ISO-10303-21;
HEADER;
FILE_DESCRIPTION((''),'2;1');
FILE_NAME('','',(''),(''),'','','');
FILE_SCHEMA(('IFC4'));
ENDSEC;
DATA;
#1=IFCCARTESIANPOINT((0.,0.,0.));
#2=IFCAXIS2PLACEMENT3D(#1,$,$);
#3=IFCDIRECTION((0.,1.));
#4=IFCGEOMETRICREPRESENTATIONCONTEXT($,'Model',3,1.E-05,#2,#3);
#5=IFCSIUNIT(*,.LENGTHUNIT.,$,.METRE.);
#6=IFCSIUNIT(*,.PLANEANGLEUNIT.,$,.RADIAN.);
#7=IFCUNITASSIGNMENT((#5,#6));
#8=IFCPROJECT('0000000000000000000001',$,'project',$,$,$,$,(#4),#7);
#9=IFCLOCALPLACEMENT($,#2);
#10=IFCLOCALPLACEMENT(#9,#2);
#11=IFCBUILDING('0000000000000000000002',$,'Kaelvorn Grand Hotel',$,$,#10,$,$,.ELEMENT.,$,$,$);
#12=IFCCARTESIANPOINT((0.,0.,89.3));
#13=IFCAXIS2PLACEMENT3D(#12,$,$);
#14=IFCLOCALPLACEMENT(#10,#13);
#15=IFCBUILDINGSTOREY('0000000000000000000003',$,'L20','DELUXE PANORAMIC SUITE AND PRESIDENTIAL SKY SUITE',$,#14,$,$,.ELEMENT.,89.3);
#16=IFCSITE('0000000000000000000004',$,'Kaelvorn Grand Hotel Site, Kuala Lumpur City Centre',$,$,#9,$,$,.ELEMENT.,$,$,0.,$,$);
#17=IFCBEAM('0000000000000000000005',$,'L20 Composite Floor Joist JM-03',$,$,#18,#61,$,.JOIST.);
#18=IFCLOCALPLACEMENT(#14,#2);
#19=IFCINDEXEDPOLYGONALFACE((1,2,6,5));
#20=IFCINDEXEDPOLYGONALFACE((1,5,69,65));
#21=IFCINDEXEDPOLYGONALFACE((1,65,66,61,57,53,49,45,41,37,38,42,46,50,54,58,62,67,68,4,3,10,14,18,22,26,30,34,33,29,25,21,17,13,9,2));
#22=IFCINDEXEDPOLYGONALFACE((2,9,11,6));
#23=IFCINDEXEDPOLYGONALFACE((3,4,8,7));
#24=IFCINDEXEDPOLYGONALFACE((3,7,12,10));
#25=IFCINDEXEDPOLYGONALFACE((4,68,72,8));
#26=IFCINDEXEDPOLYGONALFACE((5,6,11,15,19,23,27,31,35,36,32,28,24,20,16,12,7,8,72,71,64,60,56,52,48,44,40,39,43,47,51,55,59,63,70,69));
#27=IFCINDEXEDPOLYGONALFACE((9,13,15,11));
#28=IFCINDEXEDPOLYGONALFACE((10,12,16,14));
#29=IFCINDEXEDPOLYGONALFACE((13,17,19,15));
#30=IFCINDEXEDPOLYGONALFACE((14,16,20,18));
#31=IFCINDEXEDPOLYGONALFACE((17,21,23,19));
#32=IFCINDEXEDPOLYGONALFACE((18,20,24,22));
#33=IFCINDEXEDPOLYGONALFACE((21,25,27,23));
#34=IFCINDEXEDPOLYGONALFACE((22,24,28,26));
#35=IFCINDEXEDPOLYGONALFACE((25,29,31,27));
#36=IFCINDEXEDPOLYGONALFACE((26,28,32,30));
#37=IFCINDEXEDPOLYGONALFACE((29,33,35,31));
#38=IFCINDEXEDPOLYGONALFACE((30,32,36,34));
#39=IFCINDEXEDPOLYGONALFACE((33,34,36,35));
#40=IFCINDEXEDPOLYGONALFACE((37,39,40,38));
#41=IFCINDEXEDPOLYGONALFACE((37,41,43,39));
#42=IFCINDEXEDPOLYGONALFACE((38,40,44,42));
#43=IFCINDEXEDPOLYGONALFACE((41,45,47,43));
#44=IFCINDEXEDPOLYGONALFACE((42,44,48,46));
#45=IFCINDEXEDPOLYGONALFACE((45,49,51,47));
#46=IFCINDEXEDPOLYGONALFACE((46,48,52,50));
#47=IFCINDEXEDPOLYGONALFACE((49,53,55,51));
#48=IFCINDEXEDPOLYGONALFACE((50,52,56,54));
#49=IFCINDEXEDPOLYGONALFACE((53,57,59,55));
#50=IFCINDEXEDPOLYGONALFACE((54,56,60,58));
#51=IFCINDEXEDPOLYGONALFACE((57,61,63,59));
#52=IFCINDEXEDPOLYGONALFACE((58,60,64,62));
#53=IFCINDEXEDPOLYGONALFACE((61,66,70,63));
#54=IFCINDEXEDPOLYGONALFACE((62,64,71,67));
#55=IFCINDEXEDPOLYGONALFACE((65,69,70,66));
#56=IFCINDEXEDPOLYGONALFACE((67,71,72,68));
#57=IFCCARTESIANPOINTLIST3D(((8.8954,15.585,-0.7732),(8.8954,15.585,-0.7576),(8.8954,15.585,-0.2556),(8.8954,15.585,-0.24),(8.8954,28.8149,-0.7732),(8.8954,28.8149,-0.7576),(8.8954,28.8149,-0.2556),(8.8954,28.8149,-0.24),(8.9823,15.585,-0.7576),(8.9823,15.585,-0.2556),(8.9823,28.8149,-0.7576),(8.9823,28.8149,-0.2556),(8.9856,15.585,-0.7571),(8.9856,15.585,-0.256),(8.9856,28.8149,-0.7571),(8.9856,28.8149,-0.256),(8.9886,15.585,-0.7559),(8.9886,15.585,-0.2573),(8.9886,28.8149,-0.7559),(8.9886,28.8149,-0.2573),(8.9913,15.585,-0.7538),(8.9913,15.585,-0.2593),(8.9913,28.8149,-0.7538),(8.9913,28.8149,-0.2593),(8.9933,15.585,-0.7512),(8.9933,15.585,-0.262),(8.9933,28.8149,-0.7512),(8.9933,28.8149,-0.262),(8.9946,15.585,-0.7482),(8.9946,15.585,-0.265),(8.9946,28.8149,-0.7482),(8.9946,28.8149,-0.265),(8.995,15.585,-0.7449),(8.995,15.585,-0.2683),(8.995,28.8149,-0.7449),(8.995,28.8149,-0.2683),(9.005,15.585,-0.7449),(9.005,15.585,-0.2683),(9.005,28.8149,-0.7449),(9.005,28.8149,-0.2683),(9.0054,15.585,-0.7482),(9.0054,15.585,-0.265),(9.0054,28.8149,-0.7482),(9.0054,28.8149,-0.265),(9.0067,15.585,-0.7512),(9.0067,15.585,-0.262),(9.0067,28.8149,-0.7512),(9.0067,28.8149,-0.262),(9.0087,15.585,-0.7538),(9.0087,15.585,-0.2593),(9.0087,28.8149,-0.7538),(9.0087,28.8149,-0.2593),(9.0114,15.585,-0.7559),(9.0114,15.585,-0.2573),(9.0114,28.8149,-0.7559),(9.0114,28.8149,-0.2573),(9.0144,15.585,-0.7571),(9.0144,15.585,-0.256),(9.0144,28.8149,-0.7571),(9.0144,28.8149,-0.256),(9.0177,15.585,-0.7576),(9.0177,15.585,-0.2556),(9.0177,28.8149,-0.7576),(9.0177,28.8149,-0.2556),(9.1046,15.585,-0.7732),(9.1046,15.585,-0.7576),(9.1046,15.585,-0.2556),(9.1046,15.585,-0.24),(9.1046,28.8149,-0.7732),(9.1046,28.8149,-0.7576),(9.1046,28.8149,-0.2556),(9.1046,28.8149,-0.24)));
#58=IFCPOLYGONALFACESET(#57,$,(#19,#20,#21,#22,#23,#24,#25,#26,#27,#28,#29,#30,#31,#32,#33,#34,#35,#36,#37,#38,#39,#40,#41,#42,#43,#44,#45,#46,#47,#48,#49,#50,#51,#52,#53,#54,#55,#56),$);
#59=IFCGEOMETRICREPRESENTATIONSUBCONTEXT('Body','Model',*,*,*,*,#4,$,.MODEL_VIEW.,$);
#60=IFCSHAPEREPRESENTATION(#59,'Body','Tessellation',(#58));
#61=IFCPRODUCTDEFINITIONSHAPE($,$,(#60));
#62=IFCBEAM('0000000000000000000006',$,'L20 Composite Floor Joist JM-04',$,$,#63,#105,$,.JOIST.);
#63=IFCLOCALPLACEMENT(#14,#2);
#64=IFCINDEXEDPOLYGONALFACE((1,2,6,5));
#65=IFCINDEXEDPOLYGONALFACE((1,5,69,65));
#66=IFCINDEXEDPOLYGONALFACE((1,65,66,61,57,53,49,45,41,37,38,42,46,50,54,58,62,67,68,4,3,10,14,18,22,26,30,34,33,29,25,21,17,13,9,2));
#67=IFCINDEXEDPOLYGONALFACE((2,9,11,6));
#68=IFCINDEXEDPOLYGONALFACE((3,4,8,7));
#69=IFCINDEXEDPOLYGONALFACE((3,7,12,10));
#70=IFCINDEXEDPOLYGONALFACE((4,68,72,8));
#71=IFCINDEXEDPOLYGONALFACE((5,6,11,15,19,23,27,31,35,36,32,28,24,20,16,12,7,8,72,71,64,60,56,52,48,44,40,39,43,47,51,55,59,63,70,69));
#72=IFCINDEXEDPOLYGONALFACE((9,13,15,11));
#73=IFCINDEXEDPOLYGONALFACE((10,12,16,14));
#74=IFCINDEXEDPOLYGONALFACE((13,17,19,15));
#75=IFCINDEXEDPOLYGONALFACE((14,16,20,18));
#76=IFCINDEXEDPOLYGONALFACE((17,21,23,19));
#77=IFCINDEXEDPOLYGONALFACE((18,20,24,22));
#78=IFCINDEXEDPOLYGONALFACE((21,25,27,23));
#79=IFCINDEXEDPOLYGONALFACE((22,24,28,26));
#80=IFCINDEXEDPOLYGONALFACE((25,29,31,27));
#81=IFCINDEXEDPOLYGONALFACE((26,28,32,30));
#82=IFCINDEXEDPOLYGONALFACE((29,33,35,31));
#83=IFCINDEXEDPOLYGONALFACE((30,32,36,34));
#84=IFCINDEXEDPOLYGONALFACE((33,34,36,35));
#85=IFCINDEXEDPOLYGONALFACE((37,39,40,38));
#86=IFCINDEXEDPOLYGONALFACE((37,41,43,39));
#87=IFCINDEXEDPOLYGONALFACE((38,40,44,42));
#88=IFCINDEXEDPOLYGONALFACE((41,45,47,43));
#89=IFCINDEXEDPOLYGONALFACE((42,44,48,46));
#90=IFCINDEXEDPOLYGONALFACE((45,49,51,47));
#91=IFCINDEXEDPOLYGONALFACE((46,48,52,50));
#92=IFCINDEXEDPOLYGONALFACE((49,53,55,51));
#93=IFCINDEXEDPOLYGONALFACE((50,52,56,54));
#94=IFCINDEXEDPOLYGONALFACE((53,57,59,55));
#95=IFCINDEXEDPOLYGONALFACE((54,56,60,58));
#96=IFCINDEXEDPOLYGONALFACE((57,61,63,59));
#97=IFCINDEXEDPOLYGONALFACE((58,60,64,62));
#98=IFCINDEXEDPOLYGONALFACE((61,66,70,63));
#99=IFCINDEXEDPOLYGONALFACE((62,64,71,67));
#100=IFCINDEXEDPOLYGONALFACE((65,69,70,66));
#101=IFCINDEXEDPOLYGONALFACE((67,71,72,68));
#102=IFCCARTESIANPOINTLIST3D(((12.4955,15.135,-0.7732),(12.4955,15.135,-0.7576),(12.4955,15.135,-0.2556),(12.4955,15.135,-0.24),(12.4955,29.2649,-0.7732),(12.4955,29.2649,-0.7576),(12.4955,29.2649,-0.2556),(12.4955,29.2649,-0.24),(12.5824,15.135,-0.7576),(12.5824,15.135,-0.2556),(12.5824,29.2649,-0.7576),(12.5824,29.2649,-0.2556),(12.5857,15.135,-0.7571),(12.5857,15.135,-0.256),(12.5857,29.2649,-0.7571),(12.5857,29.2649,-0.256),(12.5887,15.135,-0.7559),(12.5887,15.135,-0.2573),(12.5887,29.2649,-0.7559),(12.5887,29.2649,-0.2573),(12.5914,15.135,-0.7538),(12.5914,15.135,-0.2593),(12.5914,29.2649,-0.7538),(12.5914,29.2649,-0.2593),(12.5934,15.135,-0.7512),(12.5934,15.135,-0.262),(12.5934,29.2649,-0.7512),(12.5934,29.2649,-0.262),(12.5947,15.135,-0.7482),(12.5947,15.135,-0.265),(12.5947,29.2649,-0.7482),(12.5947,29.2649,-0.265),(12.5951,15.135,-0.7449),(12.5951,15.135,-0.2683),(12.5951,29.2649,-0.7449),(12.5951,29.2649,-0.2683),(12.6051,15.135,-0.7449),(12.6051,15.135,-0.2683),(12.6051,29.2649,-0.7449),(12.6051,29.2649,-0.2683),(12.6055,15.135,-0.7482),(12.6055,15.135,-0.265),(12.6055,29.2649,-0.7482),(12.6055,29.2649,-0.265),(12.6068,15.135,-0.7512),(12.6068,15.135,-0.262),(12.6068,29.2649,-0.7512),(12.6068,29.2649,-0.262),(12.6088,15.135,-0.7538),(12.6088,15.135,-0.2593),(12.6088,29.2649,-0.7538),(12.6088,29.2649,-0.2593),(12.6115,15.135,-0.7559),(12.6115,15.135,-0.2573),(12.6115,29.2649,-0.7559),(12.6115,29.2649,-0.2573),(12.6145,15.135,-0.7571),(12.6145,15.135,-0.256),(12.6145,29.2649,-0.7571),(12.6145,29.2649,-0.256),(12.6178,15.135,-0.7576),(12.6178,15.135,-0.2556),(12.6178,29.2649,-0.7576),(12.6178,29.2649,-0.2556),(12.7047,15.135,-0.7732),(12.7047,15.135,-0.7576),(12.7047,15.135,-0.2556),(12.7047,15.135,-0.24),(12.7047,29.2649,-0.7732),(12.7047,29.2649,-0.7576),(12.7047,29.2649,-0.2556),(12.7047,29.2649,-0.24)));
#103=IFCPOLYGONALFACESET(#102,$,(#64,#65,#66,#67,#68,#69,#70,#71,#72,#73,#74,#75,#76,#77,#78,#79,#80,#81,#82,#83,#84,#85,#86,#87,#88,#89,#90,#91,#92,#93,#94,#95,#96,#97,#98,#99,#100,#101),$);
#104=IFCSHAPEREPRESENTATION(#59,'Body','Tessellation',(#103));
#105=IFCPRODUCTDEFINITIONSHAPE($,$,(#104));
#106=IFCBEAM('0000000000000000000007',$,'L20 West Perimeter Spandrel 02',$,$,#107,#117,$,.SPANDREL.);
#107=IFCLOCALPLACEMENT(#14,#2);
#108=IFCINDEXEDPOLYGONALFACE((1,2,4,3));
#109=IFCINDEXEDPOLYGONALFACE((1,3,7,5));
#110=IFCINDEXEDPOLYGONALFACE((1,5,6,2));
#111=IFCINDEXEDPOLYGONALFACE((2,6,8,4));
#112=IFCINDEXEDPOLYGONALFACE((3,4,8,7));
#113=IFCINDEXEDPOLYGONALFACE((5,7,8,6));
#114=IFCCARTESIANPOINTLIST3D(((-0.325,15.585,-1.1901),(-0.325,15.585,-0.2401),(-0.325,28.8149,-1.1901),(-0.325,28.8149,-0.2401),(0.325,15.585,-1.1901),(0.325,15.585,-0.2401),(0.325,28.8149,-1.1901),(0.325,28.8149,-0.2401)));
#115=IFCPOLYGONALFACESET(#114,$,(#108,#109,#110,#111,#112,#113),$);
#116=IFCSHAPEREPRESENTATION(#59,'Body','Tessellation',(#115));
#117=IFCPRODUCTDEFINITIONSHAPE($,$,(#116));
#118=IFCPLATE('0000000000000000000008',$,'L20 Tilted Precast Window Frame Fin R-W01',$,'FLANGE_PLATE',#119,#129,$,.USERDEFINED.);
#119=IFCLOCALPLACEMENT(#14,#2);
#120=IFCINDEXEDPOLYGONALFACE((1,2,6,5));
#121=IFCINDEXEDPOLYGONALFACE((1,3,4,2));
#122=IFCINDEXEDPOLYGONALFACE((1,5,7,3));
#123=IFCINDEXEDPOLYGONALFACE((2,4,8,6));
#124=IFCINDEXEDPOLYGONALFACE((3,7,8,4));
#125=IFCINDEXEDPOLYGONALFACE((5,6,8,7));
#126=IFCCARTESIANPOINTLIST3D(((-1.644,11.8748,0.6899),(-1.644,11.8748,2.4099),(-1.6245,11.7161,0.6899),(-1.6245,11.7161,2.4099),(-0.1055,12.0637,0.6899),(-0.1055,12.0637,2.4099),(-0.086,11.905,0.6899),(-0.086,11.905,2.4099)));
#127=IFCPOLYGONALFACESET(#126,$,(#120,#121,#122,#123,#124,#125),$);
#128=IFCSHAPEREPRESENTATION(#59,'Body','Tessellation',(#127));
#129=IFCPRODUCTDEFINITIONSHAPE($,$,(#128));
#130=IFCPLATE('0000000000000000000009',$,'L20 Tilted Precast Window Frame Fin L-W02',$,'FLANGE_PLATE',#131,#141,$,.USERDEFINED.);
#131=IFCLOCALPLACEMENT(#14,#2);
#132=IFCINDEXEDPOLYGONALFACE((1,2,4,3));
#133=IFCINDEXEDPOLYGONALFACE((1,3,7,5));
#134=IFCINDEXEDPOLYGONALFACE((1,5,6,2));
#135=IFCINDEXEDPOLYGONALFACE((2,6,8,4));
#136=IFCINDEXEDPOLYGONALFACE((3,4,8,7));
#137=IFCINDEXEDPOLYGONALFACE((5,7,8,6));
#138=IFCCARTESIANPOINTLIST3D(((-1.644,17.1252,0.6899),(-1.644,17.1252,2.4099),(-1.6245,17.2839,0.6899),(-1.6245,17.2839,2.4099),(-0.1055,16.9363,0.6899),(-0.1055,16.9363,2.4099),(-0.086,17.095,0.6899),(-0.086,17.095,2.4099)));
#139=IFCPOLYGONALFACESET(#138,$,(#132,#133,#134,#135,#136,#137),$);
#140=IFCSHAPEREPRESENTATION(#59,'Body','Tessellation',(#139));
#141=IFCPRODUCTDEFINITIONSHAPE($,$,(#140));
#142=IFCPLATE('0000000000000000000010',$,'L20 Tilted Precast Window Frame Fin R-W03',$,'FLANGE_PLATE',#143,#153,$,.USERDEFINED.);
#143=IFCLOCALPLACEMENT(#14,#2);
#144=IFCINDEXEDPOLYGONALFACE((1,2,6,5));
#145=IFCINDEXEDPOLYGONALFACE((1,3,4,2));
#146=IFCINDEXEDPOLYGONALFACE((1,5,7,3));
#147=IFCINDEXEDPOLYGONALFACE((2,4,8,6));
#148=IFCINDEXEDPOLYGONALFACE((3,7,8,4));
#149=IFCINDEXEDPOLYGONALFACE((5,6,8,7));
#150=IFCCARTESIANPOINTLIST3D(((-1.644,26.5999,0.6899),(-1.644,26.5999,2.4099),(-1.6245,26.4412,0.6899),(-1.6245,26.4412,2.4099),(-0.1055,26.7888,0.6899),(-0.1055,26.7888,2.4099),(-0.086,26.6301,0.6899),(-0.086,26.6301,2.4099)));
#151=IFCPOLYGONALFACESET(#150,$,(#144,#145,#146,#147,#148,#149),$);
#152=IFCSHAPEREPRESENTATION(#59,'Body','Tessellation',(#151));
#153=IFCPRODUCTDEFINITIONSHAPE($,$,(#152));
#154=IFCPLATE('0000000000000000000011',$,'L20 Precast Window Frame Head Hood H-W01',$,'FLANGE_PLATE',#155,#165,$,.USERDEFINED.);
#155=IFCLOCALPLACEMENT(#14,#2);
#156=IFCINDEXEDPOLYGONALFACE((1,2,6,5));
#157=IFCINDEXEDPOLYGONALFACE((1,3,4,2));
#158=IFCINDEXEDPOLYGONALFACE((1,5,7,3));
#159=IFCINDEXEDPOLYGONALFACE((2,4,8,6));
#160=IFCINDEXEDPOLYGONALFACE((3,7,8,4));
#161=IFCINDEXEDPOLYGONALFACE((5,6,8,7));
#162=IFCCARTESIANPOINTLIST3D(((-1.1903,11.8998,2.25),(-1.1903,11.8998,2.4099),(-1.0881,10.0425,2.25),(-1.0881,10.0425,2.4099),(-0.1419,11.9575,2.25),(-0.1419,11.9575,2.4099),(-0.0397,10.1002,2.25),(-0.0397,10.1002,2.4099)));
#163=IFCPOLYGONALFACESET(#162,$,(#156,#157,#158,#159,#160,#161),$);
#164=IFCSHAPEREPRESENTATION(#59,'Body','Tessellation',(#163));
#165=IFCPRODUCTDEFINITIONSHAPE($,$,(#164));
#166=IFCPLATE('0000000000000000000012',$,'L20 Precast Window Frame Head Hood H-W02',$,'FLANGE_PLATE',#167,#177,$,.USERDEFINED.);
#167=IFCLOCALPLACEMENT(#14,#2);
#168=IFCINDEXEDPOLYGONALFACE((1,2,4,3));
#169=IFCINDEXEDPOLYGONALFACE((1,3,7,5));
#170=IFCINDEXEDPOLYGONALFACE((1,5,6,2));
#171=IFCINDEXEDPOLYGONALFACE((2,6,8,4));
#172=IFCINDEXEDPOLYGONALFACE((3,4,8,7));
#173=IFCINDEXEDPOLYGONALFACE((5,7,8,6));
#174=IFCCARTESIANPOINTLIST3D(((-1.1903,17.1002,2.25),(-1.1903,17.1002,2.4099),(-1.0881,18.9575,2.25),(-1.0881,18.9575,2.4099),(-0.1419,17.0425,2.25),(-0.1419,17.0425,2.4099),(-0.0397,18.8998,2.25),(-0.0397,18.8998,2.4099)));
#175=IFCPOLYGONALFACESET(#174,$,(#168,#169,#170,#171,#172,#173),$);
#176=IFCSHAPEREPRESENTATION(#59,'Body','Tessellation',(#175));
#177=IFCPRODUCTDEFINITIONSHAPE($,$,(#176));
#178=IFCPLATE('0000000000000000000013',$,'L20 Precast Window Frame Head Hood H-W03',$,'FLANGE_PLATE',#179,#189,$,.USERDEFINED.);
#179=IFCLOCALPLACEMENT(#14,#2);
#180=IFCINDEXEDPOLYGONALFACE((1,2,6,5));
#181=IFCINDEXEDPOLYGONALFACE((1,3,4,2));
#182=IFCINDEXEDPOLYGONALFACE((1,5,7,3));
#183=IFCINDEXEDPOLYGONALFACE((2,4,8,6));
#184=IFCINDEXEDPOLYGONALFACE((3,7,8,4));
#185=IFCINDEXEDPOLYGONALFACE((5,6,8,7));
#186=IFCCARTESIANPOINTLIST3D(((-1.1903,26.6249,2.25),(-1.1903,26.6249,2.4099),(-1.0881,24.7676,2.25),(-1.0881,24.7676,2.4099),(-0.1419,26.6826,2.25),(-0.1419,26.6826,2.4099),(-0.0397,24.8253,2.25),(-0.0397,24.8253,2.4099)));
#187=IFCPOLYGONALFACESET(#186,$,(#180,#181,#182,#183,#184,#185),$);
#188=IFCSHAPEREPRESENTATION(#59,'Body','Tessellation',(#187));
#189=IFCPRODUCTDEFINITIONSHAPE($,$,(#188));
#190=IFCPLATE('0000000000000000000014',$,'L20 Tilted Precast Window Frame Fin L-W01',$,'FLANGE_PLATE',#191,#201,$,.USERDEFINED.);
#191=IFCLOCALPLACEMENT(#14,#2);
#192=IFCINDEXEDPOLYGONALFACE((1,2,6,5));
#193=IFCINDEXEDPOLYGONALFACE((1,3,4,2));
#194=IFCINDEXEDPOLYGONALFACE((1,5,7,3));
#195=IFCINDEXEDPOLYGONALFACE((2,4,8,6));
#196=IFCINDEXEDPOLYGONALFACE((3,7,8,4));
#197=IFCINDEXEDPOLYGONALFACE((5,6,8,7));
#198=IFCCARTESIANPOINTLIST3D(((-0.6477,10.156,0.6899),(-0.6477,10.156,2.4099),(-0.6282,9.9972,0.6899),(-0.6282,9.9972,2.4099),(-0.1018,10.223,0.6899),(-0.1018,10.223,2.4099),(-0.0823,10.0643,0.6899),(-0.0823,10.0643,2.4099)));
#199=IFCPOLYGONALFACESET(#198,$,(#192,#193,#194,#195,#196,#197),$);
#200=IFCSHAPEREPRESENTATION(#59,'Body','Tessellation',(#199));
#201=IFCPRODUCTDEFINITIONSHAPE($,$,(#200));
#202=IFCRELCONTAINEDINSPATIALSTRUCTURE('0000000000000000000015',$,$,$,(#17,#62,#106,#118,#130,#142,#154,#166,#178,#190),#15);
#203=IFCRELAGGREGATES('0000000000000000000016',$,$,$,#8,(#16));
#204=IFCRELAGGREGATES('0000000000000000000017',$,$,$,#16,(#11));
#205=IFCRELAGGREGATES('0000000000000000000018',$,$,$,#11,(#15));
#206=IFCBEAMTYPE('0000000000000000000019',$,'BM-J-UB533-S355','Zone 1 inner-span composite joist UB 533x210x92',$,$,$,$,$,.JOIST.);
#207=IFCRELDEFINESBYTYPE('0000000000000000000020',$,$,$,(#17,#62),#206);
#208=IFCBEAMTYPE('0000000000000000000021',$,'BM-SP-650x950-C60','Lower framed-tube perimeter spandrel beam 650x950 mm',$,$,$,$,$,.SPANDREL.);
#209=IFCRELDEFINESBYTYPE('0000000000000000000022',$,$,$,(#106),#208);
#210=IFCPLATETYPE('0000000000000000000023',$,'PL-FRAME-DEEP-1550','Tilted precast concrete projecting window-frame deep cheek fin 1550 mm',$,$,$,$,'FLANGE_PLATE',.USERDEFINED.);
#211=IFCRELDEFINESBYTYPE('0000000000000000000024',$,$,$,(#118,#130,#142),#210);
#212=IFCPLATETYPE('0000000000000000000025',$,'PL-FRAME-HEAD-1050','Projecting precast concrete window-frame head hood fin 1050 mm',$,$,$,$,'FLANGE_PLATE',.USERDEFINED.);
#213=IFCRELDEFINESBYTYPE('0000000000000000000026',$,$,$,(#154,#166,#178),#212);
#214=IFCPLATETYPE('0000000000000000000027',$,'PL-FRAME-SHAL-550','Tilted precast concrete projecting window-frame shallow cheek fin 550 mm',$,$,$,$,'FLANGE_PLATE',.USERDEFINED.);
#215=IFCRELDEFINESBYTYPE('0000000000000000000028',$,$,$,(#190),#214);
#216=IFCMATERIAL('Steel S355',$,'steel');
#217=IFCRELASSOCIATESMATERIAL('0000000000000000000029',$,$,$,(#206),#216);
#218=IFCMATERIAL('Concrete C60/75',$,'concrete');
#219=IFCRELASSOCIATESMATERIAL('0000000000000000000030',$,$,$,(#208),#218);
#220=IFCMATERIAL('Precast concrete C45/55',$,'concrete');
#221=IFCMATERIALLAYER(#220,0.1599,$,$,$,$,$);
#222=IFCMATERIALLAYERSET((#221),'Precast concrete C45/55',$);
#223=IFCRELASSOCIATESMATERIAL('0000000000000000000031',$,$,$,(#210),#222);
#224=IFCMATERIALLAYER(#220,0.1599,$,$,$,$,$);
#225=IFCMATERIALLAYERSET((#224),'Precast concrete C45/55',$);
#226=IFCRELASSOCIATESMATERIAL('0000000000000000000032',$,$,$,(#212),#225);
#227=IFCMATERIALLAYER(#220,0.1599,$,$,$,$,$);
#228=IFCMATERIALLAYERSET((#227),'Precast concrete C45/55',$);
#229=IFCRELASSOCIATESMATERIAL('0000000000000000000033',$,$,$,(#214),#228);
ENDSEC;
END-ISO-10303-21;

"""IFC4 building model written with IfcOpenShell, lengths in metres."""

from ifc_helpers import new_model, si_unit, direction, frame, origin, origin_2d, place, context, subcontext, project, spatial, rectangle, i_section, extrude, material, layer, layer_set, material_profile, profile_set, type_object, element, save


model = new_model("IFC4")

# Units and contexts
model_context = context("Model", 3, precision=1e-05, world=origin(), true_north=direction((0.0, 1.0)))
body_context = subcontext(model_context, "Body", "Model", "MODEL_VIEW")
ifc_project = project(units=[si_unit("LENGTHUNIT", "METRE"), si_unit("PLANEANGLEUNIT", "RADIAN")], contexts=[model_context])

# Site, building, storey
site_placement = place(None, origin())
site = spatial("IfcSite", under=ifc_project, at=site_placement, Name="Kaelvorn Grand Hotel Site, Kuala Lumpur City Centre", CompositionType="ELEMENT", RefElevation=0.0)
building_placement = place(site_placement, origin())
building = spatial("IfcBuilding", under=site, at=building_placement, Name="Kaelvorn Grand Hotel", CompositionType="ELEMENT")
storey_placement = place(building_placement, frame((0.0, 0.0, 89.3)))
storey = spatial("IfcBuildingStorey", under=building, at=storey_placement, Name="L20", Description="DELUXE PANORAMIC SUITE AND PRESIDENTIAL SKY SUITE", CompositionType="ELEMENT", Elevation=89.3)

# Shared definitions
ifc_material_1 = material(Name="Concrete C60/75", Category="concrete")

# Beams
ifc_material_2 = material(Name="Steel S355", Category="steel")
ifc_material_profile_1 = material_profile(ifc_material_2, i_section(OverallWidth=0.2092, OverallDepth=0.5332, WebThickness=0.01, FlangeThickness=0.0156, FilletRadius=0.0127, at=origin_2d()), Name="UB 533x210x92")
ifc_profile_set_1 = profile_set([ifc_material_profile_1], Name="Steel S355")
beam_type_1 = type_object("IfcBeamType", Name="BM-J-UB533-S355", Description="Zone 1 inner-span composite joist UB 533x210x92", PredefinedType="JOIST", material=ifc_profile_set_1)
beam_1_placement = place(storey_placement, frame((9.0, 15.585, -0.5066), z_axis=(0.0, 1.0, 0.0), x_axis=(-1.0, 0.0, 0.0)))
element("IfcBeam", 1, at=beam_1_placement, inside=storey, type_object=beam_type_1, Name="L20 Composite Floor Joist JM-03", PredefinedType="JOIST", context=body_context, shape_type="SweptSolid", body=[
    extrude(i_section(OverallWidth=0.2092, OverallDepth=0.5332, WebThickness=0.01, FlangeThickness=0.0156, FilletRadius=0.0127, at=origin_2d()), origin(), (0.0, 0.0, 1.0), 13.23),
])
beam_2_placement = place(storey_placement, frame((12.6001, 15.135, -0.5066), z_axis=(0.0, 1.0, 0.0), x_axis=(-1.0, 0.0, 0.0)))
element("IfcBeam", 2, at=beam_2_placement, inside=storey, type_object=beam_type_1, Name="L20 Composite Floor Joist JM-04", PredefinedType="JOIST", context=body_context, shape_type="SweptSolid", body=[
    extrude(i_section(OverallWidth=0.2092, OverallDepth=0.5332, WebThickness=0.01, FlangeThickness=0.0156, FilletRadius=0.0127, at=origin_2d()), origin(), (0.0, 0.0, 1.0), 14.1299),
])
ifc_material_profile_2 = material_profile(ifc_material_1, rectangle(XDim=0.6499, YDim=0.95, at=origin_2d()), Name="RC SPANDREL 650x950")
ifc_profile_set_2 = profile_set([ifc_material_profile_2], Name="Concrete C60/75")
beam_type_2 = type_object("IfcBeamType", Name="BM-SP-650x950-C60", Description="Lower framed-tube perimeter spandrel beam 650x950 mm", PredefinedType="SPANDREL", material=ifc_profile_set_2)
beam_3_placement = place(storey_placement, frame((0.0, 15.585, -0.7151), z_axis=(0.0, 1.0, 0.0), x_axis=(-1.0, 0.0, 0.0)))
element("IfcBeam", 3, at=beam_3_placement, inside=storey, type_object=beam_type_2, Name="L20 West Perimeter Spandrel 02", PredefinedType="SPANDREL", context=body_context, shape_type="SweptSolid", body=[
    extrude(rectangle(XDim=0.6499, YDim=0.95, at=origin_2d()), origin(), (0.0, 0.0, 1.0), 13.23),
])

# Plates
ifc_material_3 = material(Name="Precast concrete C45/55", Category="concrete")
ifc_layer_1 = layer(ifc_material_3, 0.1599)
ifc_layer_set_1 = layer_set([ifc_layer_1], Name="Precast concrete C45/55")
plate_type_1 = type_object("IfcPlateType", Name="PL-FRAME-DEEP-1550", Description="Tilted precast concrete projecting window-frame deep cheek fin 1550 mm", ElementType="FLANGE_PLATE", PredefinedType="USERDEFINED", material=ifc_layer_set_1)
for number, where, z_axis, x_axis, name in (
    (4, (-0.865, 11.8899, 0.6899), (0.0, 0.0, 1.0), (-0.121869, 0.992546, 0.0), "L20 Tilted Precast Window Frame Fin R-W01"),
    (5, (-0.865, 17.1101, 0.6899), (0.0, 0.0, 1.0), (0.121869, 0.992546, 0.0), "L20 Tilted Precast Window Frame Fin L-W02"),
    (6, (-0.865, 26.615, 0.6899), (0.0, 0.0, 1.0), (-0.121869, 0.992546, 0.0), "L20 Tilted Precast Window Frame Fin R-W03"),
):
    element("IfcPlate", number, at=place(storey_placement, frame(where, z_axis=z_axis, x_axis=x_axis)), inside=storey, type_object=plate_type_1, Name=name, ObjectType="FLANGE_PLATE", PredefinedType="USERDEFINED", context=body_context, shape_type="SweptSolid", body=[
        extrude(rectangle(XDim=0.1599, YDim=1.55, at=origin_2d()), origin(), (0.0, 0.0, 1.0), 1.72),
    ])
ifc_layer_2 = layer(ifc_material_3, 0.1599)
ifc_layer_set_2 = layer_set([ifc_layer_2], Name="Precast concrete C45/55")
plate_type_2 = type_object("IfcPlateType", Name="PL-FRAME-HEAD-1050", Description="Projecting precast concrete window-frame head hood fin 1050 mm", ElementType="FLANGE_PLATE", PredefinedType="USERDEFINED", material=ifc_layer_set_2)
for number, where, z_axis, x_axis, name in (
    (7, (-0.615, 11.0, 2.25), (0.0, 0.0, 1.0), (-0.05495, 0.998489, 0.0), "L20 Precast Window Frame Head Hood H-W01"),
    (8, (-0.615, 18.0, 2.25), (0.0, 0.0, 1.0), (0.05495, 0.998489, 0.0), "L20 Precast Window Frame Head Hood H-W02"),
    (9, (-0.615, 25.7251, 2.25), (0.0, 0.0, 1.0), (-0.05495, 0.998489, 0.0), "L20 Precast Window Frame Head Hood H-W03"),
):
    element("IfcPlate", number, at=place(storey_placement, frame(where, z_axis=z_axis, x_axis=x_axis)), inside=storey, type_object=plate_type_2, Name=name, ObjectType="FLANGE_PLATE", PredefinedType="USERDEFINED", context=body_context, shape_type="SweptSolid", body=[
        extrude(rectangle(XDim=1.8601, YDim=1.05, at=origin_2d()), origin(), (0.0, 0.0, 1.0), 0.1599),
    ])
ifc_layer_3 = layer(ifc_material_3, 0.1599)
ifc_layer_set_3 = layer_set([ifc_layer_3], Name="Precast concrete C45/55")
plate_type_3 = type_object("IfcPlateType", Name="PL-FRAME-SHAL-550", Description="Tilted precast concrete projecting window-frame shallow cheek fin 550 mm", ElementType="FLANGE_PLATE", PredefinedType="USERDEFINED", material=ifc_layer_set_3)
for number, where, z_axis, x_axis, name in (
    (10, (-0.365, 10.1101, 0.6899), (0.0, 0.0, 1.0), (-0.121869, 0.992546, 0.0), "L20 Tilted Precast Window Frame Fin L-W01"),
):
    element("IfcPlate", number, at=place(storey_placement, frame(where, z_axis=z_axis, x_axis=x_axis)), inside=storey, type_object=plate_type_3, Name=name, ObjectType="FLANGE_PLATE", PredefinedType="USERDEFINED", context=body_context, shape_type="SweptSolid", body=[
        extrude(rectangle(XDim=0.1599, YDim=0.55, at=origin_2d()), origin(), (0.0, 0.0, 1.0), 1.72),
    ])

save(model, "model.ifc")
